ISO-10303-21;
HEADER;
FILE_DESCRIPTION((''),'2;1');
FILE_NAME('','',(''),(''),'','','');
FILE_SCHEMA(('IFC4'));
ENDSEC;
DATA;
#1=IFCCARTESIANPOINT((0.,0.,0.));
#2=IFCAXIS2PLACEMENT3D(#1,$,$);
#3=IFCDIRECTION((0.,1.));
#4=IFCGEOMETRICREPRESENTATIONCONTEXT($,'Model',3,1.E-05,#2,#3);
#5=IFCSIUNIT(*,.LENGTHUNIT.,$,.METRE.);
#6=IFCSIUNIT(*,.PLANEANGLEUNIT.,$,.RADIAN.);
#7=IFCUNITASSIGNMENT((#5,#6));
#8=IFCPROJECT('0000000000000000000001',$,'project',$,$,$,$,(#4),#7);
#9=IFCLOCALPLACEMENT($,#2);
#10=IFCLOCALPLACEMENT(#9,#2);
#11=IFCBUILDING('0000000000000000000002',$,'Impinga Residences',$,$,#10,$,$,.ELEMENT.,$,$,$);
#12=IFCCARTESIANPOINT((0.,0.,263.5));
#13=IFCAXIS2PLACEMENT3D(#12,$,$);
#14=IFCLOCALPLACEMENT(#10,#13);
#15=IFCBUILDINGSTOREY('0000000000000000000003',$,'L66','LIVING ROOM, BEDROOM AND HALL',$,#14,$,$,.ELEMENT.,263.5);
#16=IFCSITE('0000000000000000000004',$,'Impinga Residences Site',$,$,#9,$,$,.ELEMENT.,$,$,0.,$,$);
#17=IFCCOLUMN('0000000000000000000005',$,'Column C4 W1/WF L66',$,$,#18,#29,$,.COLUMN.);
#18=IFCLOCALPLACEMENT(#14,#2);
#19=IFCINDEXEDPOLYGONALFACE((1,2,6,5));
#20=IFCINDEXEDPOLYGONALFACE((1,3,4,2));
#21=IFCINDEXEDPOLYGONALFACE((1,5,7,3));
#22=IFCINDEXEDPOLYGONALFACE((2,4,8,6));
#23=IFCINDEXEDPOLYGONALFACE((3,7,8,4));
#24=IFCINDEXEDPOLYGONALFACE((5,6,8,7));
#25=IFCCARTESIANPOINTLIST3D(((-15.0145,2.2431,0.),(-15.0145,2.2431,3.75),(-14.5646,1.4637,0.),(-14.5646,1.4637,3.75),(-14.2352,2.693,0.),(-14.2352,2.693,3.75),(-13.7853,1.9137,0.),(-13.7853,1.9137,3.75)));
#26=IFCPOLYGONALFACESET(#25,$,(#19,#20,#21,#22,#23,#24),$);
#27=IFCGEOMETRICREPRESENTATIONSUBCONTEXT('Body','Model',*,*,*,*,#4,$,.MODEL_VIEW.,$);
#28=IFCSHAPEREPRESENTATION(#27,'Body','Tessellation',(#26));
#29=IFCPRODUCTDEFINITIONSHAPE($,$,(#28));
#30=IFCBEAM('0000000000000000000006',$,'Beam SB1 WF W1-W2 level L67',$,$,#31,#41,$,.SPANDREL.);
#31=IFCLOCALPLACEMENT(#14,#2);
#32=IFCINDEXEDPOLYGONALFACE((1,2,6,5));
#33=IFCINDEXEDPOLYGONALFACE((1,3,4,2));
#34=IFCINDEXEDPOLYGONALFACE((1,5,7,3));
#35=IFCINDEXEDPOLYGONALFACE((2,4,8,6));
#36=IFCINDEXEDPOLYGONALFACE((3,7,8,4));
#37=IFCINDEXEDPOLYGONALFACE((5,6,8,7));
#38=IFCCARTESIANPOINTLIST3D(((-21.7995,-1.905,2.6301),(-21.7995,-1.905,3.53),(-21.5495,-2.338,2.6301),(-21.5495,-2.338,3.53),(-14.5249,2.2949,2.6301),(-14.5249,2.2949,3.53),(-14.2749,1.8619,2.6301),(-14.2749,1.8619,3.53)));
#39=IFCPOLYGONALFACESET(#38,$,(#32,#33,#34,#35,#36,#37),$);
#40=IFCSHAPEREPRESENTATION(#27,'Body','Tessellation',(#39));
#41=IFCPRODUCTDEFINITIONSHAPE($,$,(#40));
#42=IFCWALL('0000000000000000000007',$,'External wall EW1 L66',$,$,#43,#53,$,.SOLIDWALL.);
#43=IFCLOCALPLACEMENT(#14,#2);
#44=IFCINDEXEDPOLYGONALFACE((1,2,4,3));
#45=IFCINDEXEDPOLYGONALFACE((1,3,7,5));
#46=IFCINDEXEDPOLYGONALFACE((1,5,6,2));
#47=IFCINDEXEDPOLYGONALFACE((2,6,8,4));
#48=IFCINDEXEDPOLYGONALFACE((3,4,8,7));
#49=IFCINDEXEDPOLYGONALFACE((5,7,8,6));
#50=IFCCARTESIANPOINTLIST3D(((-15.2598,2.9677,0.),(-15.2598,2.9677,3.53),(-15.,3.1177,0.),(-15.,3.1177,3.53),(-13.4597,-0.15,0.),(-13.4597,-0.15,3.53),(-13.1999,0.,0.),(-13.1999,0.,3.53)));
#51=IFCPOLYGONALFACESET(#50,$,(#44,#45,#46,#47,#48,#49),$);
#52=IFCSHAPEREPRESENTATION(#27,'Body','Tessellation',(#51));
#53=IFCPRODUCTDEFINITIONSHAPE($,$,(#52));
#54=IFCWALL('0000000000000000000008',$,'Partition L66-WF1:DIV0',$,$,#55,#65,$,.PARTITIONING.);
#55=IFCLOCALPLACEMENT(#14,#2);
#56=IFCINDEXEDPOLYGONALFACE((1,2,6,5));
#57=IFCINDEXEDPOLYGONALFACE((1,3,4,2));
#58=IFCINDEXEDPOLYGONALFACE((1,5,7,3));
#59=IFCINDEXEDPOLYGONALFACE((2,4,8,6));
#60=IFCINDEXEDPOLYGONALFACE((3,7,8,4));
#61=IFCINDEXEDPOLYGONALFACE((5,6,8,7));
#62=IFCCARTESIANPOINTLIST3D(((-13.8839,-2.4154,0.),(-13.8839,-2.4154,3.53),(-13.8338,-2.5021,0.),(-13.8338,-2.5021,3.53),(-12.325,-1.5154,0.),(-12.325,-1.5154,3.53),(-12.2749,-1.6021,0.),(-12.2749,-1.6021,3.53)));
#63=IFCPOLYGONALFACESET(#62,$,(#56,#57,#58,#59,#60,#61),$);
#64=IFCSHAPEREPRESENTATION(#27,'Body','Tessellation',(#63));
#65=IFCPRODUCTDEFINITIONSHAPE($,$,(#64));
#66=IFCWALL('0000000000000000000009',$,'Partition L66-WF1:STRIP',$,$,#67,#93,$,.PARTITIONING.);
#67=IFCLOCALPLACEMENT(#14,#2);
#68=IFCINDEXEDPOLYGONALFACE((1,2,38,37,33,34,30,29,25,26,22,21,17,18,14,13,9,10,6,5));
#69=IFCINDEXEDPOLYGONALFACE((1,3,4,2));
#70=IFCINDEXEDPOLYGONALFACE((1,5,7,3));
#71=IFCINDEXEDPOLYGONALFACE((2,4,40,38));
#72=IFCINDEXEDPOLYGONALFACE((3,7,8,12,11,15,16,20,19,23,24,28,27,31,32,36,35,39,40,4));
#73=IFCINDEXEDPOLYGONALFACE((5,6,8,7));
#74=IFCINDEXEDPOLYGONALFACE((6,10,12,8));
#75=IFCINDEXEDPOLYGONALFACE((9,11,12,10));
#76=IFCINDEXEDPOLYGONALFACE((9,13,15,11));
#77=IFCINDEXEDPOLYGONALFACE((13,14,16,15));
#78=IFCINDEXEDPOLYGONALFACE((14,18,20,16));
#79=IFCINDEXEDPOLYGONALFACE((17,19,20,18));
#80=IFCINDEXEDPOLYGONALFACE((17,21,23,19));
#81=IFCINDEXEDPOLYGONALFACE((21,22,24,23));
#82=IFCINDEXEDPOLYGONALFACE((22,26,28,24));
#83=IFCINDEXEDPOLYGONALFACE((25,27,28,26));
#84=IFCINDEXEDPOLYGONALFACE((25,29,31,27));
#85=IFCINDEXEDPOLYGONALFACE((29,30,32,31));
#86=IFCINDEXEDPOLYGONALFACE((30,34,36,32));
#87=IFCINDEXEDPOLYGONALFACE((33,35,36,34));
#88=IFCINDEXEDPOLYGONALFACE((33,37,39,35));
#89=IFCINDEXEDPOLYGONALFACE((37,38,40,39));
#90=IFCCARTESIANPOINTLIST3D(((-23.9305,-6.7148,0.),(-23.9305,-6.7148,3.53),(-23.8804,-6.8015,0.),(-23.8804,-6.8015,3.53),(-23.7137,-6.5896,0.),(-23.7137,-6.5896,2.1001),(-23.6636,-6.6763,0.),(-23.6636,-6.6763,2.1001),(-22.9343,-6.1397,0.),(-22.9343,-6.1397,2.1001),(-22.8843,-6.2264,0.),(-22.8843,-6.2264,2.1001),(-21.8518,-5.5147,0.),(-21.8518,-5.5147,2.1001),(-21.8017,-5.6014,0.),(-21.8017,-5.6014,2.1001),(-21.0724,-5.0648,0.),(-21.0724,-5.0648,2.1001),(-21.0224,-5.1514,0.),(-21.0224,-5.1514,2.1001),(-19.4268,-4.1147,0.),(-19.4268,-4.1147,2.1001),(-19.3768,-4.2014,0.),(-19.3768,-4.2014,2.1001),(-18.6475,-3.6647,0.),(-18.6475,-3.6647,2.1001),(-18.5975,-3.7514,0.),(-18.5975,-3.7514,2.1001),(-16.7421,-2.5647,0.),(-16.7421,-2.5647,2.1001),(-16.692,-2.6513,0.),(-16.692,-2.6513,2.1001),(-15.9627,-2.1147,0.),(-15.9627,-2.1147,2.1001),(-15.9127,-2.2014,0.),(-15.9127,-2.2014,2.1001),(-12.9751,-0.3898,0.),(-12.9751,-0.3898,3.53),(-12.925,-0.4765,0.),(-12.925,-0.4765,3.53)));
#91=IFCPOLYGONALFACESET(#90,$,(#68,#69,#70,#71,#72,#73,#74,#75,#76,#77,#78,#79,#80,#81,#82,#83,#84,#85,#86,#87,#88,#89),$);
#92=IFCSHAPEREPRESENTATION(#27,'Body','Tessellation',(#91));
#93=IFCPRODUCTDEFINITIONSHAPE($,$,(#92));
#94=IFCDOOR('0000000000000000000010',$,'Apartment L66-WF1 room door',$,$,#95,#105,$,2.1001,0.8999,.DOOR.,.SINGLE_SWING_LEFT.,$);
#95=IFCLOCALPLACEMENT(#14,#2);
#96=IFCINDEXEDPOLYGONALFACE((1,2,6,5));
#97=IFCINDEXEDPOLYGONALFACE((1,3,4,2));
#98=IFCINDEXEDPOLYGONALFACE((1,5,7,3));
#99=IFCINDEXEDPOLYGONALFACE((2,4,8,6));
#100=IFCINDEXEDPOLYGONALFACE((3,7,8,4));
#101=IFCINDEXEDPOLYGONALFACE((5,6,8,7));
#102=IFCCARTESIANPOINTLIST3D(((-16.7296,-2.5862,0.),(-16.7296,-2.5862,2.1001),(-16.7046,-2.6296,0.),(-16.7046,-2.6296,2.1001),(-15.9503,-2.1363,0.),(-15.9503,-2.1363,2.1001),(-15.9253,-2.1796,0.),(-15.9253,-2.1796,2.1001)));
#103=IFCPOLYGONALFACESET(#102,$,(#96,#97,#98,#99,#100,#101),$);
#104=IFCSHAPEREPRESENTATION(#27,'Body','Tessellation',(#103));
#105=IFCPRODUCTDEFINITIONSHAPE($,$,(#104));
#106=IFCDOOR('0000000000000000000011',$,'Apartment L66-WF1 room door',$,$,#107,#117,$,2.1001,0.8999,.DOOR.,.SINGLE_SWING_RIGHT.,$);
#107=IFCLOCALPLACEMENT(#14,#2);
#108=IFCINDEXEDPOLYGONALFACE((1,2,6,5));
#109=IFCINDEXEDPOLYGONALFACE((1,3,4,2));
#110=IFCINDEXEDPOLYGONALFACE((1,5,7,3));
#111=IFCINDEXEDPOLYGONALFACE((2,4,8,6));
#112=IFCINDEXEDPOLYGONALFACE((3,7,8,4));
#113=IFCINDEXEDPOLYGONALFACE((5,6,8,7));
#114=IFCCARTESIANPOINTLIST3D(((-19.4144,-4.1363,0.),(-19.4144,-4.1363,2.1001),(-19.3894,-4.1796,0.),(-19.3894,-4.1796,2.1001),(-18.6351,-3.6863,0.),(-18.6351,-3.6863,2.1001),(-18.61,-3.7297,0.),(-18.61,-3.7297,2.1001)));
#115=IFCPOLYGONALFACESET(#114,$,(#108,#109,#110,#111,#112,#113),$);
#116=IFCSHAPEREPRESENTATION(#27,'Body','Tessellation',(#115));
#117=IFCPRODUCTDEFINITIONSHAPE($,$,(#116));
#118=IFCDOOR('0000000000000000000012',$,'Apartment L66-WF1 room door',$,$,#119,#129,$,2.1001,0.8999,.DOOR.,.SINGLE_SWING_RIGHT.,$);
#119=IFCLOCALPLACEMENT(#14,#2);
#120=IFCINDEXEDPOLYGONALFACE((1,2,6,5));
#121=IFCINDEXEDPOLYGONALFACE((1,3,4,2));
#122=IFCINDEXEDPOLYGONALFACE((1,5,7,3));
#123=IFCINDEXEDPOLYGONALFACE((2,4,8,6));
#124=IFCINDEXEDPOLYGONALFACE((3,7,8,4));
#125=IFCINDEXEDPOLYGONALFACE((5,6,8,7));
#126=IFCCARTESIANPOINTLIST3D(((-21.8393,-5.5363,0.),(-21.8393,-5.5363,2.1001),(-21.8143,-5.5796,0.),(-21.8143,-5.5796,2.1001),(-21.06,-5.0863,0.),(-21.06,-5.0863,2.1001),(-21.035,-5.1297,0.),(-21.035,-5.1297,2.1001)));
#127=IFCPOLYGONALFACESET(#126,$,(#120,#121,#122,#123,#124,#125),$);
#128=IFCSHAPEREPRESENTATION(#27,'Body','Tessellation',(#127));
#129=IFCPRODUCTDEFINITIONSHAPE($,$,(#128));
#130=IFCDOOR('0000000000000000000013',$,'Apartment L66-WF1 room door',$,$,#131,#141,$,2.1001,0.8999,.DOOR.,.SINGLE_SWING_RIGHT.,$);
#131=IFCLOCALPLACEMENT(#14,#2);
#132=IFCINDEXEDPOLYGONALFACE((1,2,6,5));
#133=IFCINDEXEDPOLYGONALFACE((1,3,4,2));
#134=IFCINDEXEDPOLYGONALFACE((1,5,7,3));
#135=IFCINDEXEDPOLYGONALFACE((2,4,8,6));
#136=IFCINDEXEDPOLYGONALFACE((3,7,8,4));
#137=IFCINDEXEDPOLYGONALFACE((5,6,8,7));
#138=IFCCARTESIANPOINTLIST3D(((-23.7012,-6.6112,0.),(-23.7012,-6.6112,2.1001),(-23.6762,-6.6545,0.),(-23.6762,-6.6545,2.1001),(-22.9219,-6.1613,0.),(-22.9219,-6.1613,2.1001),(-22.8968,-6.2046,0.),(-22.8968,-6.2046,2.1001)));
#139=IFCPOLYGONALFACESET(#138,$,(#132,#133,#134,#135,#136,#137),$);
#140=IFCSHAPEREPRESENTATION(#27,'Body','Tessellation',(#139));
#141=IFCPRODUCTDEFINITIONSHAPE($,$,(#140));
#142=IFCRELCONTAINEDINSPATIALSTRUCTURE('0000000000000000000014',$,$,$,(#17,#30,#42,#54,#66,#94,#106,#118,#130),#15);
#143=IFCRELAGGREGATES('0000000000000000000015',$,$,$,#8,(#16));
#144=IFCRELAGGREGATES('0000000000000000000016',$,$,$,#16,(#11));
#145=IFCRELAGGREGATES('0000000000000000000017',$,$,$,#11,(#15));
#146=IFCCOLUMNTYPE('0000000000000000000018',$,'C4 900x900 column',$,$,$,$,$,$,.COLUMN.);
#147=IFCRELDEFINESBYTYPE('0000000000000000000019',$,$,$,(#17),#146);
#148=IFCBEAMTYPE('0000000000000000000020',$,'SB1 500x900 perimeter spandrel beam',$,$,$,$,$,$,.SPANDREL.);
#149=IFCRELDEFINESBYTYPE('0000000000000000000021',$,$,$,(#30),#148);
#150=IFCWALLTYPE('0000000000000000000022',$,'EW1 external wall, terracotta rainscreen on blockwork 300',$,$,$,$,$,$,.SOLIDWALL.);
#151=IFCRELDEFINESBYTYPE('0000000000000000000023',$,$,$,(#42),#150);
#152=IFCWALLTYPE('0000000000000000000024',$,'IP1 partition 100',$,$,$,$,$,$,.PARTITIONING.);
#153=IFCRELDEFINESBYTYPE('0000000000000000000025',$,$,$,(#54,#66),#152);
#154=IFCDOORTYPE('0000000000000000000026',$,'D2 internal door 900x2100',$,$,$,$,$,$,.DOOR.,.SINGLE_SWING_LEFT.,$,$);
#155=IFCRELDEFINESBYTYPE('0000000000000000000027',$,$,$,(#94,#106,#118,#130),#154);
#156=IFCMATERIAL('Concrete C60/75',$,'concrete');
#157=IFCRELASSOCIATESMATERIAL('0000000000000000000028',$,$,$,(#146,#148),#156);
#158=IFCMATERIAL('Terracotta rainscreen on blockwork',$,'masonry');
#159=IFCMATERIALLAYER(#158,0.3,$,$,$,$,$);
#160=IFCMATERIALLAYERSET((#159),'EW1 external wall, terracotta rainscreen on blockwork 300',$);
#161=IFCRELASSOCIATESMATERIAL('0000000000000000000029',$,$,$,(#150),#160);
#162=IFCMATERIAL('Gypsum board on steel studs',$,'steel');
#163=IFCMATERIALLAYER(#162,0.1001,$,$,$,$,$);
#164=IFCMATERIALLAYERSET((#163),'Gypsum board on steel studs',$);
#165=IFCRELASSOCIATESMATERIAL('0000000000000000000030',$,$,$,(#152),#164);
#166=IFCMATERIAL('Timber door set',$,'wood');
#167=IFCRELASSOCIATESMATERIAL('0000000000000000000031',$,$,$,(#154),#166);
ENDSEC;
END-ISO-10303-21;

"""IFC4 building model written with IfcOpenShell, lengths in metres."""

from ifc_helpers import new_model, si_unit, direction, frame, frame_2d, origin, origin_2d, place, context, subcontext, project, spatial, rectangle, extrude, material, layer, layer_set, material_profile, profile_set, type_object, element, fill, save


model = new_model("IFC4")

# Units and contexts
model_context = context("Model", 3, precision=1e-05, world=origin(), true_north=direction((0.0, 1.0)))
body_context = subcontext(model_context, "Body", "Model", "MODEL_VIEW")
ifc_project = project(units=[si_unit("LENGTHUNIT", "METRE"), si_unit("PLANEANGLEUNIT", "RADIAN")], contexts=[model_context])

# Site, building, storey
site_placement = place(None, origin())
site = spatial("IfcSite", under=ifc_project, at=site_placement, Name="Impinga Residences Site", CompositionType="ELEMENT", RefElevation=0.0)
building_placement = place(site_placement, origin())
building = spatial("IfcBuilding", under=site, at=building_placement, Name="Impinga Residences", CompositionType="ELEMENT")
storey_placement = place(building_placement, frame((0.0, 0.0, 263.5)))
storey = spatial("IfcBuildingStorey", under=building, at=storey_placement, Name="L66", Description="LIVING ROOM, BEDROOM AND HALL", CompositionType="ELEMENT", Elevation=263.5)

# Column
ifc_material_1 = material(Name="Concrete C60/75", Category="concrete")
ifc_material_profile_1 = material_profile(ifc_material_1, rectangle(XDim=0.8999, YDim=0.8999, at=origin_2d()), Name="RC 900x900")
ifc_profile_set_1 = profile_set([ifc_material_profile_1], Name="Concrete C60/75")
column_type = type_object("IfcColumnType", Name="C4 900x900 column", PredefinedType="COLUMN", material=ifc_profile_set_1)
column_placement = place(storey_placement, frame((-14.3999, 2.0784, 0.0), z_axis=(0.0, 0.0, 1.0), x_axis=(-0.5, 0.866025, 0.0)))
element("IfcColumn", 1, at=column_placement, inside=storey, type_object=column_type, Name="Column C4 W1/WF L66", PredefinedType="COLUMN", context=body_context, shape_type="SweptSolid", body=[
    extrude(rectangle(XDim=0.8999, YDim=0.8999, at=origin_2d()), origin(), (0.0, 0.0, 1.0), 3.75),
])

# Beam
ifc_material_profile_2 = material_profile(ifc_material_1, rectangle(XDim=0.5, YDim=0.8999, at=origin_2d()), Name="RC 500x900")
ifc_profile_set_2 = profile_set([ifc_material_profile_2], Name="Concrete C60/75")
beam_type = type_object("IfcBeamType", Name="SB1 500x900 perimeter spandrel beam", PredefinedType="SPANDREL", material=ifc_profile_set_2)
beam_placement = place(storey_placement, frame((-14.3999, 2.0784, 3.0801), z_axis=(-0.866029, -0.499993, 0.0), x_axis=(0.499993, -0.866029, 0.0)))
element("IfcBeam", 2, at=beam_placement, inside=storey, type_object=beam_type, Name="Beam SB1 WF W1-W2 level L67", PredefinedType="SPANDREL", context=body_context, shape_type="SweptSolid", body=[
    extrude(rectangle(XDim=0.5, YDim=0.8999, at=origin_2d()), origin(), (0.0, 0.0, 1.0), 8.3999),
])

# Walls
ifc_material_2 = material(Name="Terracotta rainscreen on blockwork", Category="masonry")
ifc_layer_1 = layer(ifc_material_2, 0.3)
ifc_layer_set_1 = layer_set([ifc_layer_1], Name="EW1 external wall, terracotta rainscreen on blockwork 300")
wall_type_1 = type_object("IfcWallType", Name="EW1 external wall, terracotta rainscreen on blockwork 300", PredefinedType="SOLIDWALL", material=ifc_layer_set_1)
wall_1_placement = place(storey_placement, frame((-15.1299, 3.0427, 0.0), z_axis=(0.0, 0.0, 1.0), x_axis=(0.500012, -0.866018, 0.0)))
element("IfcWall", 3, at=wall_1_placement, inside=storey, type_object=wall_type_1, Name="External wall EW1 L66", PredefinedType="SOLIDWALL", context=body_context, shape_type="SweptSolid", body=[
    extrude(rectangle(XDim=3.6001, YDim=0.3, at=frame_2d((1.8, 0.0))), origin(), (0.0, 0.0, 1.0), 3.53),
])
ifc_material_3 = material(Name="Gypsum board on steel studs", Category="steel")
ifc_layer_2 = layer(ifc_material_3, 0.1001)
ifc_layer_set_2 = layer_set([ifc_layer_2], Name="Gypsum board on steel studs")
wall_type_2 = type_object("IfcWallType", Name="IP1 partition 100", PredefinedType="PARTITIONING", material=ifc_layer_set_2)
wall_2_placement = place(storey_placement, frame((-12.3, -1.5588, 0.0), z_axis=(0.0, 0.0, 1.0), x_axis=(-0.866048, -0.499961, 0.0)))
element("IfcWall", 4, at=wall_2_placement, inside=storey, type_object=wall_type_2, Name="Partition L66-WF1:DIV0", PredefinedType="PARTITIONING", context=body_context, shape_type="SweptSolid", body=[
    extrude(rectangle(XDim=1.8, YDim=0.1001, at=frame_2d((0.8999, 0.0))), origin(), (0.0, 0.0, 1.0), 3.53),
])

# Wall, openings, doors
wall_3_placement = place(storey_placement, frame((-12.95, -0.4331, 0.0), z_axis=(0.0, 0.0, 1.0), x_axis=(-0.866029, -0.499994, 0.0)))
wall_3 = element("IfcWall", 5, at=wall_3_placement, inside=storey, type_object=wall_type_2, Name="Partition L66-WF1:STRIP", PredefinedType="PARTITIONING", context=body_context, shape_type="SweptSolid", body=[
    extrude(rectangle(XDim=12.6501, YDim=0.1001, at=frame_2d((6.3252, 0.0))), origin(), (0.0, 0.0, 1.0), 3.53),
])
opening_1_placement = place(wall_3_placement, frame((3.45, 0.0, 0.0)))
opening_1 = element("IfcOpeningElement", 6, at=opening_1_placement, cuts=wall_3, PredefinedType="OPENING", context=body_context, shape_type="SweptSolid", body=[
    extrude(rectangle(XDim=0.8999, YDim=2.1001, at=frame_2d((0.45, 1.05))), frame((0.0, 0.0601, 0.0), z_axis=(0.0, -1.0, 0.0), x_axis=(1.0, 0.0, 0.0)), (0.0, 0.0, 1.0), 0.1201),
])
opening_2_placement = place(wall_3_placement, frame((6.55, 0.0, 0.0)))
opening_2 = element("IfcOpeningElement", 7, at=opening_2_placement, cuts=wall_3, PredefinedType="OPENING", context=body_context, shape_type="SweptSolid", body=[
    extrude(rectangle(XDim=0.8999, YDim=2.1001, at=frame_2d((0.45, 1.05))), frame((0.0, 0.0601, 0.0), z_axis=(0.0, -1.0, 0.0), x_axis=(1.0, 0.0, 0.0)), (0.0, 0.0, 1.0), 0.1201),
])
opening_3_placement = place(wall_3_placement, frame((9.3501, 0.0, 0.0)))
opening_3 = element("IfcOpeningElement", 8, at=opening_3_placement, cuts=wall_3, PredefinedType="OPENING", context=body_context, shape_type="SweptSolid", body=[
    extrude(rectangle(XDim=0.8999, YDim=2.1001, at=frame_2d((0.45, 1.05))), frame((0.0, 0.0601, 0.0), z_axis=(0.0, -1.0, 0.0), x_axis=(1.0, 0.0, 0.0)), (0.0, 0.0, 1.0), 0.1201),
])
opening_4_placement = place(wall_3_placement, frame((11.5, 0.0, 0.0)))
opening_4 = element("IfcOpeningElement", 9, at=opening_4_placement, cuts=wall_3, PredefinedType="OPENING", context=body_context, shape_type="SweptSolid", body=[
    extrude(rectangle(XDim=0.8999, YDim=2.1001, at=frame_2d((0.45, 1.05))), frame((0.0, 0.0601, 0.0), z_axis=(0.0, -1.0, 0.0), x_axis=(1.0, 0.0, 0.0)), (0.0, 0.0, 1.0), 0.1201),
])
ifc_material_4 = material(Name="Timber door set", Category="wood")
door_type_1 = type_object("IfcDoorType", Name="D2 internal door 900x2100", OperationType="SINGLE_SWING_LEFT", PredefinedType="DOOR", material=ifc_material_4)
door_1_placement = place(opening_1_placement, origin())
door_1 = element("IfcDoor", 10, at=door_1_placement, inside=storey, type_object=door_type_1, Name="Apartment L66-WF1 room door", OperationType="SINGLE_SWING_LEFT", OverallHeight=2.1001, OverallWidth=0.8999, PredefinedType="DOOR", context=body_context, shape_type="SweptSolid", body=[
    extrude(rectangle(XDim=0.8999, YDim=2.1001, at=frame_2d((0.45, 1.05))), frame((0.0, 0.0249, 0.0), z_axis=(0.0, -1.0, 0.0), x_axis=(1.0, 0.0, 0.0)), (0.0, 0.0, 1.0), 0.05),
])
fill(opening_1, door_1)
door_2_placement = place(opening_2_placement, origin())
door_2 = element("IfcDoor", 11, at=door_2_placement, inside=storey, type_object=door_type_1, Name="Apartment L66-WF1 room door", OperationType="SINGLE_SWING_RIGHT", OverallHeight=2.1001, OverallWidth=0.8999, PredefinedType="DOOR", context=body_context, shape_type="SweptSolid", body=[
    extrude(rectangle(XDim=0.8999, YDim=2.1001, at=frame_2d((0.45, 1.05))), frame((0.0, 0.0249, 0.0), z_axis=(0.0, -1.0, 0.0), x_axis=(1.0, 0.0, 0.0)), (0.0, 0.0, 1.0), 0.05),
])
fill(opening_2, door_2)
door_3_placement = place(opening_3_placement, origin())
door_3 = element("IfcDoor", 12, at=door_3_placement, inside=storey, type_object=door_type_1, Name="Apartment L66-WF1 room door", OperationType="SINGLE_SWING_RIGHT", OverallHeight=2.1001, OverallWidth=0.8999, PredefinedType="DOOR", context=body_context, shape_type="SweptSolid", body=[
    extrude(rectangle(XDim=0.8999, YDim=2.1001, at=frame_2d((0.45, 1.05))), frame((0.0, 0.0249, 0.0), z_axis=(0.0, -1.0, 0.0), x_axis=(1.0, 0.0, 0.0)), (0.0, 0.0, 1.0), 0.05),
])
fill(opening_3, door_3)
door_4_placement = place(opening_4_placement, origin())
door_4 = element("IfcDoor", 13, at=door_4_placement, inside=storey, type_object=door_type_1, Name="Apartment L66-WF1 room door", OperationType="SINGLE_SWING_RIGHT", OverallHeight=2.1001, OverallWidth=0.8999, PredefinedType="DOOR", context=body_context, shape_type="SweptSolid", body=[
    extrude(rectangle(XDim=0.8999, YDim=2.1001, at=frame_2d((0.45, 1.05))), frame((0.0, 0.0249, 0.0), z_axis=(0.0, -1.0, 0.0), x_axis=(1.0, 0.0, 0.0)), (0.0, 0.0, 1.0), 0.05),
])
fill(opening_4, door_4)

save(model, "model.ifc")
